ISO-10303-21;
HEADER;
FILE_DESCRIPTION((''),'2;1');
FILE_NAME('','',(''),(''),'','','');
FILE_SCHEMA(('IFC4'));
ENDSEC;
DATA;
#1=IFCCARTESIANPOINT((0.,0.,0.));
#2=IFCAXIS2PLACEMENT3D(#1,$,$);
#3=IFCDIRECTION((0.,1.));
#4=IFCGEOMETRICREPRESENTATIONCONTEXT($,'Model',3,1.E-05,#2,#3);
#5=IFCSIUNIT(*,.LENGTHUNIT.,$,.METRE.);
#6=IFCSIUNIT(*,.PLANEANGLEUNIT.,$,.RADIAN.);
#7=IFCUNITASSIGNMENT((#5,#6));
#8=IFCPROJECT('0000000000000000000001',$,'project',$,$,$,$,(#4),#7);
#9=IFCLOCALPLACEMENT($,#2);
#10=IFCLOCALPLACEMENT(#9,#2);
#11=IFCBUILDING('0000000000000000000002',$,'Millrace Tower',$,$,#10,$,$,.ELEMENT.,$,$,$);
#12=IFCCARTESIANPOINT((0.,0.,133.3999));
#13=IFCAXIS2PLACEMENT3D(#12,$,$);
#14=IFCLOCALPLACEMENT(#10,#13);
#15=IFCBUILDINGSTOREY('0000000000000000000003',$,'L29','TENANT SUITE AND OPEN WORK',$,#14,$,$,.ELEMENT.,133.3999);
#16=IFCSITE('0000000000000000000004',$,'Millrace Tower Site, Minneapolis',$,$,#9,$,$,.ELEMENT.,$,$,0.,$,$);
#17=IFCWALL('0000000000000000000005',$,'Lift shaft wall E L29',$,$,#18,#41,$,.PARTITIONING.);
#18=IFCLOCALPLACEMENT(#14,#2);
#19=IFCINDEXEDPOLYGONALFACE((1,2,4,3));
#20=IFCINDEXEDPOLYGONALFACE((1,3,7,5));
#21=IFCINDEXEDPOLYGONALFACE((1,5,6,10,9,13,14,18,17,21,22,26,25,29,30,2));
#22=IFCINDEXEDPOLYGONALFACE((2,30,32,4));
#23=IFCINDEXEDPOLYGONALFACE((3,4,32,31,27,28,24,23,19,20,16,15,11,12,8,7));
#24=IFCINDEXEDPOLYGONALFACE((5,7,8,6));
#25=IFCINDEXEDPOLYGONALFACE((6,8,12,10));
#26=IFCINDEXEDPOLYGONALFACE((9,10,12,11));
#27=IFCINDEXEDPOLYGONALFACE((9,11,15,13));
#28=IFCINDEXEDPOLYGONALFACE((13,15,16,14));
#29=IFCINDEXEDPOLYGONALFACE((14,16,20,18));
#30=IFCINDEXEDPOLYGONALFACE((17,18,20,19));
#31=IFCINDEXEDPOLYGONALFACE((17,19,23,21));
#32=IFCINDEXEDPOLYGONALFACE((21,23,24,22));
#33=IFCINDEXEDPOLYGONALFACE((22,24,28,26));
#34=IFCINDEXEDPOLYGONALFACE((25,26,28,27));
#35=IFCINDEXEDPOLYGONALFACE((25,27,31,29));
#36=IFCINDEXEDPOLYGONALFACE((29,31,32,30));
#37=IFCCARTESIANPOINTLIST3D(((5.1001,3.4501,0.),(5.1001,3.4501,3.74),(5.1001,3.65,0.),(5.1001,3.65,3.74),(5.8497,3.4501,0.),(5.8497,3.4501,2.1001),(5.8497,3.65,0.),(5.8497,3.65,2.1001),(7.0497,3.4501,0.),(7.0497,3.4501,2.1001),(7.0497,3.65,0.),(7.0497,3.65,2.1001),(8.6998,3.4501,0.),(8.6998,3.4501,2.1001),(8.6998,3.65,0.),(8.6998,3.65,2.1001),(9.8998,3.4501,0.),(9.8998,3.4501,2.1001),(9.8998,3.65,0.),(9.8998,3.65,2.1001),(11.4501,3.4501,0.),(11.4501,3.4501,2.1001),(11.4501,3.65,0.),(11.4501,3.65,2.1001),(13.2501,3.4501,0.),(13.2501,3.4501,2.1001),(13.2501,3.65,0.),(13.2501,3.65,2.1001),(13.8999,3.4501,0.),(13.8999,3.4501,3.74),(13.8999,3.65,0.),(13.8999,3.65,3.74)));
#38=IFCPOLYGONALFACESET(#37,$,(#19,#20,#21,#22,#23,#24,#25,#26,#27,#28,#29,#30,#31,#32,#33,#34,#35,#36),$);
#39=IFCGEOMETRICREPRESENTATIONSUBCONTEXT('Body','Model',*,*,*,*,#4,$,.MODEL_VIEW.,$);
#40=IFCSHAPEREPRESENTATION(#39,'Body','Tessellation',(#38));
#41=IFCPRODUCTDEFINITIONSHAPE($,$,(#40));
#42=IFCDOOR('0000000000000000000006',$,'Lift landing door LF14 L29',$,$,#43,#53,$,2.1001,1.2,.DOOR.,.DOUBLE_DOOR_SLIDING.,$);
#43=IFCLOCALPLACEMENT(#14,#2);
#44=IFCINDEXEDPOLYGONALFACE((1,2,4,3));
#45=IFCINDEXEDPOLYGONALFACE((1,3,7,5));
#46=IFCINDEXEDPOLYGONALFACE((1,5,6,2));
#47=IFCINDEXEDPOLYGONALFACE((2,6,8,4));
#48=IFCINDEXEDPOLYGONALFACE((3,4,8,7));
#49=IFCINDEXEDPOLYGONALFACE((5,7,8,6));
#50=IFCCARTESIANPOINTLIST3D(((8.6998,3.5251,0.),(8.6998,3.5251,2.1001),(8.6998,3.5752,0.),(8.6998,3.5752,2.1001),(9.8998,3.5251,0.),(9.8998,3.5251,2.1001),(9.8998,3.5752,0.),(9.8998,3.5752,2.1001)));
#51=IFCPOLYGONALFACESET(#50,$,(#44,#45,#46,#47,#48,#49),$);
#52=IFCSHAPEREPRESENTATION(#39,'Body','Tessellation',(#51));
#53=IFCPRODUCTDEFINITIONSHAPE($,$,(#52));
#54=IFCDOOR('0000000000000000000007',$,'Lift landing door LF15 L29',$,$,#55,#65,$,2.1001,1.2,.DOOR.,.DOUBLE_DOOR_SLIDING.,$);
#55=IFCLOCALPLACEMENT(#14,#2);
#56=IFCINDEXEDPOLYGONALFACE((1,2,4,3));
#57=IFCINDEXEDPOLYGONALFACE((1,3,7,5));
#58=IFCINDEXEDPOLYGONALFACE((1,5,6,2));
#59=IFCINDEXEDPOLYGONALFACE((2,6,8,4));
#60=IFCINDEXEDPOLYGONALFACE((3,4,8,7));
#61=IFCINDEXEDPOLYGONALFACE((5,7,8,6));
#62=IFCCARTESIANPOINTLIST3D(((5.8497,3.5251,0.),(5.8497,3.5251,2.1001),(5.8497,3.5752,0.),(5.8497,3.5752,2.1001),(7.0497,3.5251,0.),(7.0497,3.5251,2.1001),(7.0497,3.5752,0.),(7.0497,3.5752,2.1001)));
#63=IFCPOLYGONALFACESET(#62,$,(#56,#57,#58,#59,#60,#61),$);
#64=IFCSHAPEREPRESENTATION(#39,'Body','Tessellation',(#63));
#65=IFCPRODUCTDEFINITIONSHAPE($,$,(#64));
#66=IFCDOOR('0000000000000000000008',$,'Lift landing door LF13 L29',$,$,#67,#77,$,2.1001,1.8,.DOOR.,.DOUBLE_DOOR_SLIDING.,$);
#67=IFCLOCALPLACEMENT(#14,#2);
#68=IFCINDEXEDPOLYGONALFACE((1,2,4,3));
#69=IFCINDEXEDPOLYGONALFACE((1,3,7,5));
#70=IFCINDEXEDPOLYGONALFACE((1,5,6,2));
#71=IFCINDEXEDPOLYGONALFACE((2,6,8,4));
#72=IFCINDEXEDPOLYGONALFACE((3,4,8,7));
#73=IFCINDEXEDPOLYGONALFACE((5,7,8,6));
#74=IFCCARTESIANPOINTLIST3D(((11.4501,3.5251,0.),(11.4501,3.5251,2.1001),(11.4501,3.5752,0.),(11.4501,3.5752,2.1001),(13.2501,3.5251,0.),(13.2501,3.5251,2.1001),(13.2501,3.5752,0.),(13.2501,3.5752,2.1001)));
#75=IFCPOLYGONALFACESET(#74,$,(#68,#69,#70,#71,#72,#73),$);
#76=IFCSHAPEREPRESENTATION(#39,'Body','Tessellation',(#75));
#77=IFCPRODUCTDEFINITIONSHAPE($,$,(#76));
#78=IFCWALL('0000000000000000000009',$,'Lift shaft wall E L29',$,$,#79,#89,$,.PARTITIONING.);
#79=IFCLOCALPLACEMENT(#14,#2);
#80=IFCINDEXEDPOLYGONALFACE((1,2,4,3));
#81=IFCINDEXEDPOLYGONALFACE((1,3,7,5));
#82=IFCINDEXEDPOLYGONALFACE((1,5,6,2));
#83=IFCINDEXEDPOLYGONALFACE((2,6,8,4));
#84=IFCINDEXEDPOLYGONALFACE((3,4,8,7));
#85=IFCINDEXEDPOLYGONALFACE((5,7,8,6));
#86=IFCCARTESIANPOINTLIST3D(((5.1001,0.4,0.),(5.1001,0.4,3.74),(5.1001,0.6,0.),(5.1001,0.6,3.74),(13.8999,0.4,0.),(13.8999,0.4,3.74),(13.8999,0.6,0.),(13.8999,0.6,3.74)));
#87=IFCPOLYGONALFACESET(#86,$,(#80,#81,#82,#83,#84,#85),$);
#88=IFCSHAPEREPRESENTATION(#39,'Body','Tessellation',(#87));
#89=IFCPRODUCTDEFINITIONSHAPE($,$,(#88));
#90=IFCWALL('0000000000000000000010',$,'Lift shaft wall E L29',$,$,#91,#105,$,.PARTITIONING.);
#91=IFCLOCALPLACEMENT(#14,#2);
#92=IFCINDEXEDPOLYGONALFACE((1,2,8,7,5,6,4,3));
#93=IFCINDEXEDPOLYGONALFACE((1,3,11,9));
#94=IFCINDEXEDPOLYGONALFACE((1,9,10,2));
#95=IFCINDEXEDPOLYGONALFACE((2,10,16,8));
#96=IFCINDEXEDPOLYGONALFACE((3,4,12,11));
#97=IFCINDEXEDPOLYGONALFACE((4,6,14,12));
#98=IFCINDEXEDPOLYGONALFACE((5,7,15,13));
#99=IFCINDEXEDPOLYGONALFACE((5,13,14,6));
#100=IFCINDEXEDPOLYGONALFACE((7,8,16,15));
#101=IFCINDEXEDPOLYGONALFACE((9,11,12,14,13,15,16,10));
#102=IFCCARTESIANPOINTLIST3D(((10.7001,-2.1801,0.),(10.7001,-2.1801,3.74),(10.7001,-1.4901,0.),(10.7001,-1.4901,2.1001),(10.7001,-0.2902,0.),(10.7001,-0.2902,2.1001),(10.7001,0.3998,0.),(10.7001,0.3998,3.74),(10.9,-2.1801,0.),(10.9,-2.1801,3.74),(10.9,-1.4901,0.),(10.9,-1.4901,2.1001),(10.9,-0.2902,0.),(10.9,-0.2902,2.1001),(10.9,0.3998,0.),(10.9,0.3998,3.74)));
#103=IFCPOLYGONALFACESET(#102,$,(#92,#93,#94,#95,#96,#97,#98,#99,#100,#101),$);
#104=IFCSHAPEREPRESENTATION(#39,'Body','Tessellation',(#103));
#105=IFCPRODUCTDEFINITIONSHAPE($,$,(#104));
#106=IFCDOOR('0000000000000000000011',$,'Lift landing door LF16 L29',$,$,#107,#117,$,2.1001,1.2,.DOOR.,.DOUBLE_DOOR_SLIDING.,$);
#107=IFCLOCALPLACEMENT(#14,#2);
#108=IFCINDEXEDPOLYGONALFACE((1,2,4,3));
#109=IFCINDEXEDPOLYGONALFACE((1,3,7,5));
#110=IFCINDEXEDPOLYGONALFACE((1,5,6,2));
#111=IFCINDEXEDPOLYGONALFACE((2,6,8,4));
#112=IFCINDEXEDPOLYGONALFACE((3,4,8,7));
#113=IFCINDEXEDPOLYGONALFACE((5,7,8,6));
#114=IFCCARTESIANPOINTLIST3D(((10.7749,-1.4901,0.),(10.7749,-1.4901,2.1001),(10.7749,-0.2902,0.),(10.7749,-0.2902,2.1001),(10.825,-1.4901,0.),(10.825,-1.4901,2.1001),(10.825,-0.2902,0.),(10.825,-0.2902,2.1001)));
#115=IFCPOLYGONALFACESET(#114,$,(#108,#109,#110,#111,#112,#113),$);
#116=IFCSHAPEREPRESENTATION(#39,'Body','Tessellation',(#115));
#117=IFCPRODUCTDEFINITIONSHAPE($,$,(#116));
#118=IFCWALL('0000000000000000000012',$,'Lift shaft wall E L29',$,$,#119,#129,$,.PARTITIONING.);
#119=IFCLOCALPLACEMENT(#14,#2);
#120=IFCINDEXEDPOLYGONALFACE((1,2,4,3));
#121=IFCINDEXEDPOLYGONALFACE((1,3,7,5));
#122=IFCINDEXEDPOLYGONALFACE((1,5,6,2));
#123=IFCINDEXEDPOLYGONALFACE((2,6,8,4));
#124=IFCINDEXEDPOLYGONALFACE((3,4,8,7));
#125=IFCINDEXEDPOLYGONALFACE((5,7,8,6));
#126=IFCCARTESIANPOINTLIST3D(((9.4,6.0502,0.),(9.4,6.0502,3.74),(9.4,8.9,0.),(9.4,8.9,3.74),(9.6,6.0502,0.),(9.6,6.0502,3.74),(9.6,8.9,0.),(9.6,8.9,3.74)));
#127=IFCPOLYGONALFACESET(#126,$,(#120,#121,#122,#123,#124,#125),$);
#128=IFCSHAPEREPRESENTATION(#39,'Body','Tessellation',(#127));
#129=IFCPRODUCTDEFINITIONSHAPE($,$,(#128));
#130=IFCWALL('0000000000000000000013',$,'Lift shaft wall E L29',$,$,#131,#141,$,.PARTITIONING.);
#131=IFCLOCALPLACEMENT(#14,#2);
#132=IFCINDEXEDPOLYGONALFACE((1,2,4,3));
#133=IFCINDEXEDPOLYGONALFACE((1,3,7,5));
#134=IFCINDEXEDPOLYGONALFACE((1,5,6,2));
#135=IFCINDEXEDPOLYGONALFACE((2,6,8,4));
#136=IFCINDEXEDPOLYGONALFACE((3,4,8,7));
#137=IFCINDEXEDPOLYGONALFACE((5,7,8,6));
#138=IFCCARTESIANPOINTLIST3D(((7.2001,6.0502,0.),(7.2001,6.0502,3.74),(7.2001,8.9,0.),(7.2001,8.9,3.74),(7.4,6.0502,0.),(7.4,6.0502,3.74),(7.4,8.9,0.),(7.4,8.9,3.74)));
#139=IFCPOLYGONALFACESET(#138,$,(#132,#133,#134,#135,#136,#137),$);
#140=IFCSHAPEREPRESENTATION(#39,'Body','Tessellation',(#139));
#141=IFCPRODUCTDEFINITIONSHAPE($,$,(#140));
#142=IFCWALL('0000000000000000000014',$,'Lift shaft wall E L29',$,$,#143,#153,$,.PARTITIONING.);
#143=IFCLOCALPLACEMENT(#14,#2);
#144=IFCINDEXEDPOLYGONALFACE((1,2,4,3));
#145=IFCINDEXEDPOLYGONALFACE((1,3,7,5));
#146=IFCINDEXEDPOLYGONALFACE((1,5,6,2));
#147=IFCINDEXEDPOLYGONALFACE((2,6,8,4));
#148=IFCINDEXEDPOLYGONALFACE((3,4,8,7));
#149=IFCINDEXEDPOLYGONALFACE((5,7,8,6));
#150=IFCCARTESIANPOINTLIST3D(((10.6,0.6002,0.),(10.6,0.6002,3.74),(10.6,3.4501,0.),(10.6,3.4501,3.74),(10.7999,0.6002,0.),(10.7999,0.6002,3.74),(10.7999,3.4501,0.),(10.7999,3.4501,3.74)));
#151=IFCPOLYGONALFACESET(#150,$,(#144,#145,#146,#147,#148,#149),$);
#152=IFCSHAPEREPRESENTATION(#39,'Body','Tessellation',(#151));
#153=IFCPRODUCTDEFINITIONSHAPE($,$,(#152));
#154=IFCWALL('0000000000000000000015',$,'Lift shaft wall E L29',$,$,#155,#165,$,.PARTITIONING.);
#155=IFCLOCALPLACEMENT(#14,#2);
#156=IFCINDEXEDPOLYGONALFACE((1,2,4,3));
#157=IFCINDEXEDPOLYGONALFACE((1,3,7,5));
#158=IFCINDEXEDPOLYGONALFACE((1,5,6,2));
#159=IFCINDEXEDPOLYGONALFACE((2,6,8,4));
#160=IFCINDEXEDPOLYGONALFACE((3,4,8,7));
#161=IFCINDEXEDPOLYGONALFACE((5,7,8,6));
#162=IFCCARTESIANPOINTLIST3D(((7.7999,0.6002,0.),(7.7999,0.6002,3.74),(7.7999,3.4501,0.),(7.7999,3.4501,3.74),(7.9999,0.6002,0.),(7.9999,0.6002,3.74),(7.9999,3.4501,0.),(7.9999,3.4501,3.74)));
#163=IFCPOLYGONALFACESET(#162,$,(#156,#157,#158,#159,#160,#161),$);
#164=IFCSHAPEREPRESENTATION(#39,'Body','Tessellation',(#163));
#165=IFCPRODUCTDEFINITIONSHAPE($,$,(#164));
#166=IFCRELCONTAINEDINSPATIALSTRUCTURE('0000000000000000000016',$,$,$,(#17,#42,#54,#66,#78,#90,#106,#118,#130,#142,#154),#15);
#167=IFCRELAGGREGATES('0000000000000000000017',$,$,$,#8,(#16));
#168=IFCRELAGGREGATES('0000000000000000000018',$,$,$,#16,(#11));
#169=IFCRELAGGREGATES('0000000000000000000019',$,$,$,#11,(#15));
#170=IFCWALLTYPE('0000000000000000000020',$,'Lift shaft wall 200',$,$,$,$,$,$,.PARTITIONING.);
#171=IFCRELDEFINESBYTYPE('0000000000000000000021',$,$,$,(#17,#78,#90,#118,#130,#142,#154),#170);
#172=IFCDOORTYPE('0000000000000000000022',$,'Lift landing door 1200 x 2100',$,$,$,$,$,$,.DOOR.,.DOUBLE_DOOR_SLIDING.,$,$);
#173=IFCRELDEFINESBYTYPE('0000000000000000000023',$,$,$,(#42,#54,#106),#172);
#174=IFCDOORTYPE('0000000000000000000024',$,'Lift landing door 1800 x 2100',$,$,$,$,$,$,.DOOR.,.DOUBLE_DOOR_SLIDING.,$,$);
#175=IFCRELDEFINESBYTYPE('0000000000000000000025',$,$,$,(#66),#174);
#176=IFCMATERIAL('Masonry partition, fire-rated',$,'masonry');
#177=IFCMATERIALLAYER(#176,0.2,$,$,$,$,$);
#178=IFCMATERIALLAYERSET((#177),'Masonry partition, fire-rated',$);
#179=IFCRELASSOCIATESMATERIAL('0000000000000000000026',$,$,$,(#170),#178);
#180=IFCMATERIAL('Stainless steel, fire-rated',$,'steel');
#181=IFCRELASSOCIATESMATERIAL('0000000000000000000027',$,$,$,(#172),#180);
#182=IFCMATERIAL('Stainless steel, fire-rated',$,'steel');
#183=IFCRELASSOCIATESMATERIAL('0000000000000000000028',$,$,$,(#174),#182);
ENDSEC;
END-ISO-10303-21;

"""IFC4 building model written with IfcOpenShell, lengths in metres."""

from ifc_helpers import new_model, si_unit, direction, frame, frame_2d, origin, place, context, subcontext, project, spatial, rectangle, extrude, material, layer, layer_set, type_object, element, fill, save


model = new_model("IFC4")

# Units and contexts
model_context = context("Model", 3, precision=1e-05, world=origin(), true_north=direction((0.0, 1.0)))
body_context = subcontext(model_context, "Body", "Model", "MODEL_VIEW")
ifc_project = project(units=[si_unit("LENGTHUNIT", "METRE"), si_unit("PLANEANGLEUNIT", "RADIAN")], contexts=[model_context])

# Site, building, storey
site_placement = place(None, origin())
site = spatial("IfcSite", under=ifc_project, at=site_placement, Name="Millrace Tower Site, Minneapolis", CompositionType="ELEMENT", RefElevation=0.0)
building_placement = place(site_placement, origin())
building = spatial("IfcBuilding", under=site, at=building_placement, Name="Millrace Tower", CompositionType="ELEMENT")
storey_placement = place(building_placement, frame((0.0, 0.0, 133.3999)))
storey = spatial("IfcBuildingStorey", under=building, at=storey_placement, Name="L29", Description="TENANT SUITE AND OPEN WORK", CompositionType="ELEMENT", Elevation=133.3999)

# Wall, openings, doors
ifc_material_1 = material(Name="Masonry partition, fire-rated", Category="masonry")
ifc_layer_1 = layer(ifc_material_1, 0.2)
ifc_layer_set_1 = layer_set([ifc_layer_1], Name="Masonry partition, fire-rated")
wall_type_1 = type_object("IfcWallType", Name="Lift shaft wall 200", PredefinedType="PARTITIONING", material=ifc_layer_set_1)
wall_1_placement = place(storey_placement, frame((13.8999, 3.55, 0.0), z_axis=(0.0, 0.0, 1.0), x_axis=(-1.0, 0.0, 0.0)))
wall_1 = element("IfcWall", 1, at=wall_1_placement, inside=storey, type_object=wall_type_1, Name="Lift shaft wall E L29", PredefinedType="PARTITIONING", context=body_context, shape_type="SweptSolid", body=[
    extrude(rectangle(XDim=8.7998, YDim=0.2, at=frame_2d((4.3999, 0.0))), origin(), (0.0, 0.0, 1.0), 3.74),
])
opening_1_placement = place(wall_1_placement, frame((0.6499, 0.0, 0.0)))
opening_1 = element("IfcOpeningElement", 2, at=opening_1_placement, cuts=wall_1, PredefinedType="OPENING", context=body_context, shape_type="SweptSolid", body=[
    extrude(rectangle(XDim=1.8, YDim=2.1001, at=frame_2d((0.8999, 1.05))), frame((0.0, 0.1099, 0.0), z_axis=(0.0, -1.0, 0.0), x_axis=(1.0, 0.0, 0.0)), (0.0, 0.0, 1.0), 0.22),
])
opening_2_placement = place(wall_1_placement, frame((4.0, 0.0, 0.0)))
opening_2 = element("IfcOpeningElement", 3, at=opening_2_placement, cuts=wall_1, PredefinedType="OPENING", context=body_context, shape_type="SweptSolid", body=[
    extrude(rectangle(XDim=1.2, YDim=2.1001, at=frame_2d((0.6001, 1.05))), frame((0.0, 0.1099, 0.0), z_axis=(0.0, -1.0, 0.0), x_axis=(1.0, 0.0, 0.0)), (0.0, 0.0, 1.0), 0.22),
])
opening_3_placement = place(wall_1_placement, frame((6.8501, 0.0, 0.0)))
opening_3 = element("IfcOpeningElement", 4, at=opening_3_placement, cuts=wall_1, PredefinedType="OPENING", context=body_context, shape_type="SweptSolid", body=[
    extrude(rectangle(XDim=1.2, YDim=2.1001, at=frame_2d((0.6001, 1.05))), frame((0.0, 0.1099, 0.0), z_axis=(0.0, -1.0, 0.0), x_axis=(1.0, 0.0, 0.0)), (0.0, 0.0, 1.0), 0.22),
])
ifc_material_2 = material(Name="Stainless steel, fire-rated", Category="steel")
door_type_1 = type_object("IfcDoorType", Name="Lift landing door 1200 x 2100", OperationType="DOUBLE_DOOR_SLIDING", PredefinedType="DOOR", material=ifc_material_2)
door_1_placement = place(opening_2_placement, origin())
door_1 = element("IfcDoor", 5, at=door_1_placement, inside=storey, type_object=door_type_1, Name="Lift landing door LF14 L29", OperationType="DOUBLE_DOOR_SLIDING", OverallHeight=2.1001, OverallWidth=1.2, PredefinedType="DOOR", context=body_context, shape_type="SweptSolid", body=[
    extrude(rectangle(XDim=1.2, YDim=2.1001, at=frame_2d((0.6001, 1.05))), frame((0.0, 0.0249, 0.0), z_axis=(0.0, -1.0, 0.0), x_axis=(1.0, 0.0, 0.0)), (0.0, 0.0, 1.0), 0.05),
])
fill(opening_2, door_1)
door_2_placement = place(opening_3_placement, origin())
door_2 = element("IfcDoor", 6, at=door_2_placement, inside=storey, type_object=door_type_1, Name="Lift landing door LF15 L29", OperationType="DOUBLE_DOOR_SLIDING", OverallHeight=2.1001, OverallWidth=1.2, PredefinedType="DOOR", context=body_context, shape_type="SweptSolid", body=[
    extrude(rectangle(XDim=1.2, YDim=2.1001, at=frame_2d((0.6001, 1.05))), frame((0.0, 0.0249, 0.0), z_axis=(0.0, -1.0, 0.0), x_axis=(1.0, 0.0, 0.0)), (0.0, 0.0, 1.0), 0.05),
])
fill(opening_3, door_2)
ifc_material_3 = material(Name="Stainless steel, fire-rated", Category="steel")
door_type_2 = type_object("IfcDoorType", Name="Lift landing door 1800 x 2100", OperationType="DOUBLE_DOOR_SLIDING", PredefinedType="DOOR", material=ifc_material_3)
door_3_placement = place(opening_1_placement, origin())
door_3 = element("IfcDoor", 7, at=door_3_placement, inside=storey, type_object=door_type_2, Name="Lift landing door LF13 L29", OperationType="DOUBLE_DOOR_SLIDING", OverallHeight=2.1001, OverallWidth=1.8, PredefinedType="DOOR", context=body_context, shape_type="SweptSolid", body=[
    extrude(rectangle(XDim=1.8, YDim=2.1001, at=frame_2d((0.8999, 1.05))), frame((0.0, 0.0249, 0.0), z_axis=(0.0, -1.0, 0.0), x_axis=(1.0, 0.0, 0.0)), (0.0, 0.0, 1.0), 0.05),
])
fill(opening_1, door_3)

# Wall
wall_2_placement = place(storey_placement, frame((13.8999, 0.5, 0.0), z_axis=(0.0, 0.0, 1.0), x_axis=(-1.0, 0.0, 0.0)))
element("IfcWall", 8, at=wall_2_placement, inside=storey, type_object=wall_type_1, Name="Lift shaft wall E L29", PredefinedType="PARTITIONING", context=body_context, shape_type="SweptSolid", body=[
    extrude(rectangle(XDim=8.7998, YDim=0.2, at=frame_2d((4.3999, 0.0))), origin(), (0.0, 0.0, 1.0), 3.74),
])

# Wall, opening, door
wall_3_placement = place(storey_placement, frame((10.8, 0.3999, 0.0), z_axis=(0.0, 0.0, 1.0), x_axis=(0.0, -1.0, 0.0)))
wall_3 = element("IfcWall", 9, at=wall_3_placement, inside=storey, type_object=wall_type_1, Name="Lift shaft wall E L29", PredefinedType="PARTITIONING", context=body_context, shape_type="SweptSolid", body=[
    extrude(rectangle(XDim=2.5798, YDim=0.2, at=frame_2d((1.29, 0.0))), origin(), (0.0, 0.0, 1.0), 3.74),
])
opening_4_placement = place(wall_3_placement, frame((0.6899, 0.0, 0.0)))
opening_4 = element("IfcOpeningElement", 10, at=opening_4_placement, cuts=wall_3, PredefinedType="OPENING", context=body_context, shape_type="SweptSolid", body=[
    extrude(rectangle(XDim=1.2, YDim=2.1001, at=frame_2d((0.6001, 1.05))), frame((0.0, 0.1099, 0.0), z_axis=(0.0, -1.0, 0.0), x_axis=(1.0, 0.0, 0.0)), (0.0, 0.0, 1.0), 0.22),
])
door_4_placement = place(opening_4_placement, origin())
door_4 = element("IfcDoor", 11, at=door_4_placement, inside=storey, type_object=door_type_1, Name="Lift landing door LF16 L29", OperationType="DOUBLE_DOOR_SLIDING", OverallHeight=2.1001, OverallWidth=1.2, PredefinedType="DOOR", context=body_context, shape_type="SweptSolid", body=[
    extrude(rectangle(XDim=1.2, YDim=2.1001, at=frame_2d((0.6001, 1.05))), frame((0.0, 0.0249, 0.0), z_axis=(0.0, -1.0, 0.0), x_axis=(1.0, 0.0, 0.0)), (0.0, 0.0, 1.0), 0.05),
])
fill(opening_4, door_4)

# Walls
for number, where, z_axis, x_axis, name in (
    (12, (9.5, 8.8999, 0.0), (0.0, 0.0, 1.0), (0.0, -1.0, 0.0), "Lift shaft wall E L29"),
    (13, (7.3, 8.8999, 0.0), (0.0, 0.0, 1.0), (0.0, -1.0, 0.0), "Lift shaft wall E L29"),
    (14, (10.7, 3.45, 0.0), (0.0, 0.0, 1.0), (0.0, -1.0, 0.0), "Lift shaft wall E L29"),
    (15, (7.8999, 3.45, 0.0), (0.0, 0.0, 1.0), (0.0, -1.0, 0.0), "Lift shaft wall E L29"),
):
    element("IfcWall", number, at=place(storey_placement, frame(where, z_axis=z_axis, x_axis=x_axis)), inside=storey, type_object=wall_type_1, Name=name, PredefinedType="PARTITIONING", context=body_context, shape_type="SweptSolid", body=[
        extrude(rectangle(XDim=2.8499, YDim=0.2, at=frame_2d((1.4248, 0.0))), origin(), (0.0, 0.0, 1.0), 3.74),
    ])

save(model, "model.ifc")
